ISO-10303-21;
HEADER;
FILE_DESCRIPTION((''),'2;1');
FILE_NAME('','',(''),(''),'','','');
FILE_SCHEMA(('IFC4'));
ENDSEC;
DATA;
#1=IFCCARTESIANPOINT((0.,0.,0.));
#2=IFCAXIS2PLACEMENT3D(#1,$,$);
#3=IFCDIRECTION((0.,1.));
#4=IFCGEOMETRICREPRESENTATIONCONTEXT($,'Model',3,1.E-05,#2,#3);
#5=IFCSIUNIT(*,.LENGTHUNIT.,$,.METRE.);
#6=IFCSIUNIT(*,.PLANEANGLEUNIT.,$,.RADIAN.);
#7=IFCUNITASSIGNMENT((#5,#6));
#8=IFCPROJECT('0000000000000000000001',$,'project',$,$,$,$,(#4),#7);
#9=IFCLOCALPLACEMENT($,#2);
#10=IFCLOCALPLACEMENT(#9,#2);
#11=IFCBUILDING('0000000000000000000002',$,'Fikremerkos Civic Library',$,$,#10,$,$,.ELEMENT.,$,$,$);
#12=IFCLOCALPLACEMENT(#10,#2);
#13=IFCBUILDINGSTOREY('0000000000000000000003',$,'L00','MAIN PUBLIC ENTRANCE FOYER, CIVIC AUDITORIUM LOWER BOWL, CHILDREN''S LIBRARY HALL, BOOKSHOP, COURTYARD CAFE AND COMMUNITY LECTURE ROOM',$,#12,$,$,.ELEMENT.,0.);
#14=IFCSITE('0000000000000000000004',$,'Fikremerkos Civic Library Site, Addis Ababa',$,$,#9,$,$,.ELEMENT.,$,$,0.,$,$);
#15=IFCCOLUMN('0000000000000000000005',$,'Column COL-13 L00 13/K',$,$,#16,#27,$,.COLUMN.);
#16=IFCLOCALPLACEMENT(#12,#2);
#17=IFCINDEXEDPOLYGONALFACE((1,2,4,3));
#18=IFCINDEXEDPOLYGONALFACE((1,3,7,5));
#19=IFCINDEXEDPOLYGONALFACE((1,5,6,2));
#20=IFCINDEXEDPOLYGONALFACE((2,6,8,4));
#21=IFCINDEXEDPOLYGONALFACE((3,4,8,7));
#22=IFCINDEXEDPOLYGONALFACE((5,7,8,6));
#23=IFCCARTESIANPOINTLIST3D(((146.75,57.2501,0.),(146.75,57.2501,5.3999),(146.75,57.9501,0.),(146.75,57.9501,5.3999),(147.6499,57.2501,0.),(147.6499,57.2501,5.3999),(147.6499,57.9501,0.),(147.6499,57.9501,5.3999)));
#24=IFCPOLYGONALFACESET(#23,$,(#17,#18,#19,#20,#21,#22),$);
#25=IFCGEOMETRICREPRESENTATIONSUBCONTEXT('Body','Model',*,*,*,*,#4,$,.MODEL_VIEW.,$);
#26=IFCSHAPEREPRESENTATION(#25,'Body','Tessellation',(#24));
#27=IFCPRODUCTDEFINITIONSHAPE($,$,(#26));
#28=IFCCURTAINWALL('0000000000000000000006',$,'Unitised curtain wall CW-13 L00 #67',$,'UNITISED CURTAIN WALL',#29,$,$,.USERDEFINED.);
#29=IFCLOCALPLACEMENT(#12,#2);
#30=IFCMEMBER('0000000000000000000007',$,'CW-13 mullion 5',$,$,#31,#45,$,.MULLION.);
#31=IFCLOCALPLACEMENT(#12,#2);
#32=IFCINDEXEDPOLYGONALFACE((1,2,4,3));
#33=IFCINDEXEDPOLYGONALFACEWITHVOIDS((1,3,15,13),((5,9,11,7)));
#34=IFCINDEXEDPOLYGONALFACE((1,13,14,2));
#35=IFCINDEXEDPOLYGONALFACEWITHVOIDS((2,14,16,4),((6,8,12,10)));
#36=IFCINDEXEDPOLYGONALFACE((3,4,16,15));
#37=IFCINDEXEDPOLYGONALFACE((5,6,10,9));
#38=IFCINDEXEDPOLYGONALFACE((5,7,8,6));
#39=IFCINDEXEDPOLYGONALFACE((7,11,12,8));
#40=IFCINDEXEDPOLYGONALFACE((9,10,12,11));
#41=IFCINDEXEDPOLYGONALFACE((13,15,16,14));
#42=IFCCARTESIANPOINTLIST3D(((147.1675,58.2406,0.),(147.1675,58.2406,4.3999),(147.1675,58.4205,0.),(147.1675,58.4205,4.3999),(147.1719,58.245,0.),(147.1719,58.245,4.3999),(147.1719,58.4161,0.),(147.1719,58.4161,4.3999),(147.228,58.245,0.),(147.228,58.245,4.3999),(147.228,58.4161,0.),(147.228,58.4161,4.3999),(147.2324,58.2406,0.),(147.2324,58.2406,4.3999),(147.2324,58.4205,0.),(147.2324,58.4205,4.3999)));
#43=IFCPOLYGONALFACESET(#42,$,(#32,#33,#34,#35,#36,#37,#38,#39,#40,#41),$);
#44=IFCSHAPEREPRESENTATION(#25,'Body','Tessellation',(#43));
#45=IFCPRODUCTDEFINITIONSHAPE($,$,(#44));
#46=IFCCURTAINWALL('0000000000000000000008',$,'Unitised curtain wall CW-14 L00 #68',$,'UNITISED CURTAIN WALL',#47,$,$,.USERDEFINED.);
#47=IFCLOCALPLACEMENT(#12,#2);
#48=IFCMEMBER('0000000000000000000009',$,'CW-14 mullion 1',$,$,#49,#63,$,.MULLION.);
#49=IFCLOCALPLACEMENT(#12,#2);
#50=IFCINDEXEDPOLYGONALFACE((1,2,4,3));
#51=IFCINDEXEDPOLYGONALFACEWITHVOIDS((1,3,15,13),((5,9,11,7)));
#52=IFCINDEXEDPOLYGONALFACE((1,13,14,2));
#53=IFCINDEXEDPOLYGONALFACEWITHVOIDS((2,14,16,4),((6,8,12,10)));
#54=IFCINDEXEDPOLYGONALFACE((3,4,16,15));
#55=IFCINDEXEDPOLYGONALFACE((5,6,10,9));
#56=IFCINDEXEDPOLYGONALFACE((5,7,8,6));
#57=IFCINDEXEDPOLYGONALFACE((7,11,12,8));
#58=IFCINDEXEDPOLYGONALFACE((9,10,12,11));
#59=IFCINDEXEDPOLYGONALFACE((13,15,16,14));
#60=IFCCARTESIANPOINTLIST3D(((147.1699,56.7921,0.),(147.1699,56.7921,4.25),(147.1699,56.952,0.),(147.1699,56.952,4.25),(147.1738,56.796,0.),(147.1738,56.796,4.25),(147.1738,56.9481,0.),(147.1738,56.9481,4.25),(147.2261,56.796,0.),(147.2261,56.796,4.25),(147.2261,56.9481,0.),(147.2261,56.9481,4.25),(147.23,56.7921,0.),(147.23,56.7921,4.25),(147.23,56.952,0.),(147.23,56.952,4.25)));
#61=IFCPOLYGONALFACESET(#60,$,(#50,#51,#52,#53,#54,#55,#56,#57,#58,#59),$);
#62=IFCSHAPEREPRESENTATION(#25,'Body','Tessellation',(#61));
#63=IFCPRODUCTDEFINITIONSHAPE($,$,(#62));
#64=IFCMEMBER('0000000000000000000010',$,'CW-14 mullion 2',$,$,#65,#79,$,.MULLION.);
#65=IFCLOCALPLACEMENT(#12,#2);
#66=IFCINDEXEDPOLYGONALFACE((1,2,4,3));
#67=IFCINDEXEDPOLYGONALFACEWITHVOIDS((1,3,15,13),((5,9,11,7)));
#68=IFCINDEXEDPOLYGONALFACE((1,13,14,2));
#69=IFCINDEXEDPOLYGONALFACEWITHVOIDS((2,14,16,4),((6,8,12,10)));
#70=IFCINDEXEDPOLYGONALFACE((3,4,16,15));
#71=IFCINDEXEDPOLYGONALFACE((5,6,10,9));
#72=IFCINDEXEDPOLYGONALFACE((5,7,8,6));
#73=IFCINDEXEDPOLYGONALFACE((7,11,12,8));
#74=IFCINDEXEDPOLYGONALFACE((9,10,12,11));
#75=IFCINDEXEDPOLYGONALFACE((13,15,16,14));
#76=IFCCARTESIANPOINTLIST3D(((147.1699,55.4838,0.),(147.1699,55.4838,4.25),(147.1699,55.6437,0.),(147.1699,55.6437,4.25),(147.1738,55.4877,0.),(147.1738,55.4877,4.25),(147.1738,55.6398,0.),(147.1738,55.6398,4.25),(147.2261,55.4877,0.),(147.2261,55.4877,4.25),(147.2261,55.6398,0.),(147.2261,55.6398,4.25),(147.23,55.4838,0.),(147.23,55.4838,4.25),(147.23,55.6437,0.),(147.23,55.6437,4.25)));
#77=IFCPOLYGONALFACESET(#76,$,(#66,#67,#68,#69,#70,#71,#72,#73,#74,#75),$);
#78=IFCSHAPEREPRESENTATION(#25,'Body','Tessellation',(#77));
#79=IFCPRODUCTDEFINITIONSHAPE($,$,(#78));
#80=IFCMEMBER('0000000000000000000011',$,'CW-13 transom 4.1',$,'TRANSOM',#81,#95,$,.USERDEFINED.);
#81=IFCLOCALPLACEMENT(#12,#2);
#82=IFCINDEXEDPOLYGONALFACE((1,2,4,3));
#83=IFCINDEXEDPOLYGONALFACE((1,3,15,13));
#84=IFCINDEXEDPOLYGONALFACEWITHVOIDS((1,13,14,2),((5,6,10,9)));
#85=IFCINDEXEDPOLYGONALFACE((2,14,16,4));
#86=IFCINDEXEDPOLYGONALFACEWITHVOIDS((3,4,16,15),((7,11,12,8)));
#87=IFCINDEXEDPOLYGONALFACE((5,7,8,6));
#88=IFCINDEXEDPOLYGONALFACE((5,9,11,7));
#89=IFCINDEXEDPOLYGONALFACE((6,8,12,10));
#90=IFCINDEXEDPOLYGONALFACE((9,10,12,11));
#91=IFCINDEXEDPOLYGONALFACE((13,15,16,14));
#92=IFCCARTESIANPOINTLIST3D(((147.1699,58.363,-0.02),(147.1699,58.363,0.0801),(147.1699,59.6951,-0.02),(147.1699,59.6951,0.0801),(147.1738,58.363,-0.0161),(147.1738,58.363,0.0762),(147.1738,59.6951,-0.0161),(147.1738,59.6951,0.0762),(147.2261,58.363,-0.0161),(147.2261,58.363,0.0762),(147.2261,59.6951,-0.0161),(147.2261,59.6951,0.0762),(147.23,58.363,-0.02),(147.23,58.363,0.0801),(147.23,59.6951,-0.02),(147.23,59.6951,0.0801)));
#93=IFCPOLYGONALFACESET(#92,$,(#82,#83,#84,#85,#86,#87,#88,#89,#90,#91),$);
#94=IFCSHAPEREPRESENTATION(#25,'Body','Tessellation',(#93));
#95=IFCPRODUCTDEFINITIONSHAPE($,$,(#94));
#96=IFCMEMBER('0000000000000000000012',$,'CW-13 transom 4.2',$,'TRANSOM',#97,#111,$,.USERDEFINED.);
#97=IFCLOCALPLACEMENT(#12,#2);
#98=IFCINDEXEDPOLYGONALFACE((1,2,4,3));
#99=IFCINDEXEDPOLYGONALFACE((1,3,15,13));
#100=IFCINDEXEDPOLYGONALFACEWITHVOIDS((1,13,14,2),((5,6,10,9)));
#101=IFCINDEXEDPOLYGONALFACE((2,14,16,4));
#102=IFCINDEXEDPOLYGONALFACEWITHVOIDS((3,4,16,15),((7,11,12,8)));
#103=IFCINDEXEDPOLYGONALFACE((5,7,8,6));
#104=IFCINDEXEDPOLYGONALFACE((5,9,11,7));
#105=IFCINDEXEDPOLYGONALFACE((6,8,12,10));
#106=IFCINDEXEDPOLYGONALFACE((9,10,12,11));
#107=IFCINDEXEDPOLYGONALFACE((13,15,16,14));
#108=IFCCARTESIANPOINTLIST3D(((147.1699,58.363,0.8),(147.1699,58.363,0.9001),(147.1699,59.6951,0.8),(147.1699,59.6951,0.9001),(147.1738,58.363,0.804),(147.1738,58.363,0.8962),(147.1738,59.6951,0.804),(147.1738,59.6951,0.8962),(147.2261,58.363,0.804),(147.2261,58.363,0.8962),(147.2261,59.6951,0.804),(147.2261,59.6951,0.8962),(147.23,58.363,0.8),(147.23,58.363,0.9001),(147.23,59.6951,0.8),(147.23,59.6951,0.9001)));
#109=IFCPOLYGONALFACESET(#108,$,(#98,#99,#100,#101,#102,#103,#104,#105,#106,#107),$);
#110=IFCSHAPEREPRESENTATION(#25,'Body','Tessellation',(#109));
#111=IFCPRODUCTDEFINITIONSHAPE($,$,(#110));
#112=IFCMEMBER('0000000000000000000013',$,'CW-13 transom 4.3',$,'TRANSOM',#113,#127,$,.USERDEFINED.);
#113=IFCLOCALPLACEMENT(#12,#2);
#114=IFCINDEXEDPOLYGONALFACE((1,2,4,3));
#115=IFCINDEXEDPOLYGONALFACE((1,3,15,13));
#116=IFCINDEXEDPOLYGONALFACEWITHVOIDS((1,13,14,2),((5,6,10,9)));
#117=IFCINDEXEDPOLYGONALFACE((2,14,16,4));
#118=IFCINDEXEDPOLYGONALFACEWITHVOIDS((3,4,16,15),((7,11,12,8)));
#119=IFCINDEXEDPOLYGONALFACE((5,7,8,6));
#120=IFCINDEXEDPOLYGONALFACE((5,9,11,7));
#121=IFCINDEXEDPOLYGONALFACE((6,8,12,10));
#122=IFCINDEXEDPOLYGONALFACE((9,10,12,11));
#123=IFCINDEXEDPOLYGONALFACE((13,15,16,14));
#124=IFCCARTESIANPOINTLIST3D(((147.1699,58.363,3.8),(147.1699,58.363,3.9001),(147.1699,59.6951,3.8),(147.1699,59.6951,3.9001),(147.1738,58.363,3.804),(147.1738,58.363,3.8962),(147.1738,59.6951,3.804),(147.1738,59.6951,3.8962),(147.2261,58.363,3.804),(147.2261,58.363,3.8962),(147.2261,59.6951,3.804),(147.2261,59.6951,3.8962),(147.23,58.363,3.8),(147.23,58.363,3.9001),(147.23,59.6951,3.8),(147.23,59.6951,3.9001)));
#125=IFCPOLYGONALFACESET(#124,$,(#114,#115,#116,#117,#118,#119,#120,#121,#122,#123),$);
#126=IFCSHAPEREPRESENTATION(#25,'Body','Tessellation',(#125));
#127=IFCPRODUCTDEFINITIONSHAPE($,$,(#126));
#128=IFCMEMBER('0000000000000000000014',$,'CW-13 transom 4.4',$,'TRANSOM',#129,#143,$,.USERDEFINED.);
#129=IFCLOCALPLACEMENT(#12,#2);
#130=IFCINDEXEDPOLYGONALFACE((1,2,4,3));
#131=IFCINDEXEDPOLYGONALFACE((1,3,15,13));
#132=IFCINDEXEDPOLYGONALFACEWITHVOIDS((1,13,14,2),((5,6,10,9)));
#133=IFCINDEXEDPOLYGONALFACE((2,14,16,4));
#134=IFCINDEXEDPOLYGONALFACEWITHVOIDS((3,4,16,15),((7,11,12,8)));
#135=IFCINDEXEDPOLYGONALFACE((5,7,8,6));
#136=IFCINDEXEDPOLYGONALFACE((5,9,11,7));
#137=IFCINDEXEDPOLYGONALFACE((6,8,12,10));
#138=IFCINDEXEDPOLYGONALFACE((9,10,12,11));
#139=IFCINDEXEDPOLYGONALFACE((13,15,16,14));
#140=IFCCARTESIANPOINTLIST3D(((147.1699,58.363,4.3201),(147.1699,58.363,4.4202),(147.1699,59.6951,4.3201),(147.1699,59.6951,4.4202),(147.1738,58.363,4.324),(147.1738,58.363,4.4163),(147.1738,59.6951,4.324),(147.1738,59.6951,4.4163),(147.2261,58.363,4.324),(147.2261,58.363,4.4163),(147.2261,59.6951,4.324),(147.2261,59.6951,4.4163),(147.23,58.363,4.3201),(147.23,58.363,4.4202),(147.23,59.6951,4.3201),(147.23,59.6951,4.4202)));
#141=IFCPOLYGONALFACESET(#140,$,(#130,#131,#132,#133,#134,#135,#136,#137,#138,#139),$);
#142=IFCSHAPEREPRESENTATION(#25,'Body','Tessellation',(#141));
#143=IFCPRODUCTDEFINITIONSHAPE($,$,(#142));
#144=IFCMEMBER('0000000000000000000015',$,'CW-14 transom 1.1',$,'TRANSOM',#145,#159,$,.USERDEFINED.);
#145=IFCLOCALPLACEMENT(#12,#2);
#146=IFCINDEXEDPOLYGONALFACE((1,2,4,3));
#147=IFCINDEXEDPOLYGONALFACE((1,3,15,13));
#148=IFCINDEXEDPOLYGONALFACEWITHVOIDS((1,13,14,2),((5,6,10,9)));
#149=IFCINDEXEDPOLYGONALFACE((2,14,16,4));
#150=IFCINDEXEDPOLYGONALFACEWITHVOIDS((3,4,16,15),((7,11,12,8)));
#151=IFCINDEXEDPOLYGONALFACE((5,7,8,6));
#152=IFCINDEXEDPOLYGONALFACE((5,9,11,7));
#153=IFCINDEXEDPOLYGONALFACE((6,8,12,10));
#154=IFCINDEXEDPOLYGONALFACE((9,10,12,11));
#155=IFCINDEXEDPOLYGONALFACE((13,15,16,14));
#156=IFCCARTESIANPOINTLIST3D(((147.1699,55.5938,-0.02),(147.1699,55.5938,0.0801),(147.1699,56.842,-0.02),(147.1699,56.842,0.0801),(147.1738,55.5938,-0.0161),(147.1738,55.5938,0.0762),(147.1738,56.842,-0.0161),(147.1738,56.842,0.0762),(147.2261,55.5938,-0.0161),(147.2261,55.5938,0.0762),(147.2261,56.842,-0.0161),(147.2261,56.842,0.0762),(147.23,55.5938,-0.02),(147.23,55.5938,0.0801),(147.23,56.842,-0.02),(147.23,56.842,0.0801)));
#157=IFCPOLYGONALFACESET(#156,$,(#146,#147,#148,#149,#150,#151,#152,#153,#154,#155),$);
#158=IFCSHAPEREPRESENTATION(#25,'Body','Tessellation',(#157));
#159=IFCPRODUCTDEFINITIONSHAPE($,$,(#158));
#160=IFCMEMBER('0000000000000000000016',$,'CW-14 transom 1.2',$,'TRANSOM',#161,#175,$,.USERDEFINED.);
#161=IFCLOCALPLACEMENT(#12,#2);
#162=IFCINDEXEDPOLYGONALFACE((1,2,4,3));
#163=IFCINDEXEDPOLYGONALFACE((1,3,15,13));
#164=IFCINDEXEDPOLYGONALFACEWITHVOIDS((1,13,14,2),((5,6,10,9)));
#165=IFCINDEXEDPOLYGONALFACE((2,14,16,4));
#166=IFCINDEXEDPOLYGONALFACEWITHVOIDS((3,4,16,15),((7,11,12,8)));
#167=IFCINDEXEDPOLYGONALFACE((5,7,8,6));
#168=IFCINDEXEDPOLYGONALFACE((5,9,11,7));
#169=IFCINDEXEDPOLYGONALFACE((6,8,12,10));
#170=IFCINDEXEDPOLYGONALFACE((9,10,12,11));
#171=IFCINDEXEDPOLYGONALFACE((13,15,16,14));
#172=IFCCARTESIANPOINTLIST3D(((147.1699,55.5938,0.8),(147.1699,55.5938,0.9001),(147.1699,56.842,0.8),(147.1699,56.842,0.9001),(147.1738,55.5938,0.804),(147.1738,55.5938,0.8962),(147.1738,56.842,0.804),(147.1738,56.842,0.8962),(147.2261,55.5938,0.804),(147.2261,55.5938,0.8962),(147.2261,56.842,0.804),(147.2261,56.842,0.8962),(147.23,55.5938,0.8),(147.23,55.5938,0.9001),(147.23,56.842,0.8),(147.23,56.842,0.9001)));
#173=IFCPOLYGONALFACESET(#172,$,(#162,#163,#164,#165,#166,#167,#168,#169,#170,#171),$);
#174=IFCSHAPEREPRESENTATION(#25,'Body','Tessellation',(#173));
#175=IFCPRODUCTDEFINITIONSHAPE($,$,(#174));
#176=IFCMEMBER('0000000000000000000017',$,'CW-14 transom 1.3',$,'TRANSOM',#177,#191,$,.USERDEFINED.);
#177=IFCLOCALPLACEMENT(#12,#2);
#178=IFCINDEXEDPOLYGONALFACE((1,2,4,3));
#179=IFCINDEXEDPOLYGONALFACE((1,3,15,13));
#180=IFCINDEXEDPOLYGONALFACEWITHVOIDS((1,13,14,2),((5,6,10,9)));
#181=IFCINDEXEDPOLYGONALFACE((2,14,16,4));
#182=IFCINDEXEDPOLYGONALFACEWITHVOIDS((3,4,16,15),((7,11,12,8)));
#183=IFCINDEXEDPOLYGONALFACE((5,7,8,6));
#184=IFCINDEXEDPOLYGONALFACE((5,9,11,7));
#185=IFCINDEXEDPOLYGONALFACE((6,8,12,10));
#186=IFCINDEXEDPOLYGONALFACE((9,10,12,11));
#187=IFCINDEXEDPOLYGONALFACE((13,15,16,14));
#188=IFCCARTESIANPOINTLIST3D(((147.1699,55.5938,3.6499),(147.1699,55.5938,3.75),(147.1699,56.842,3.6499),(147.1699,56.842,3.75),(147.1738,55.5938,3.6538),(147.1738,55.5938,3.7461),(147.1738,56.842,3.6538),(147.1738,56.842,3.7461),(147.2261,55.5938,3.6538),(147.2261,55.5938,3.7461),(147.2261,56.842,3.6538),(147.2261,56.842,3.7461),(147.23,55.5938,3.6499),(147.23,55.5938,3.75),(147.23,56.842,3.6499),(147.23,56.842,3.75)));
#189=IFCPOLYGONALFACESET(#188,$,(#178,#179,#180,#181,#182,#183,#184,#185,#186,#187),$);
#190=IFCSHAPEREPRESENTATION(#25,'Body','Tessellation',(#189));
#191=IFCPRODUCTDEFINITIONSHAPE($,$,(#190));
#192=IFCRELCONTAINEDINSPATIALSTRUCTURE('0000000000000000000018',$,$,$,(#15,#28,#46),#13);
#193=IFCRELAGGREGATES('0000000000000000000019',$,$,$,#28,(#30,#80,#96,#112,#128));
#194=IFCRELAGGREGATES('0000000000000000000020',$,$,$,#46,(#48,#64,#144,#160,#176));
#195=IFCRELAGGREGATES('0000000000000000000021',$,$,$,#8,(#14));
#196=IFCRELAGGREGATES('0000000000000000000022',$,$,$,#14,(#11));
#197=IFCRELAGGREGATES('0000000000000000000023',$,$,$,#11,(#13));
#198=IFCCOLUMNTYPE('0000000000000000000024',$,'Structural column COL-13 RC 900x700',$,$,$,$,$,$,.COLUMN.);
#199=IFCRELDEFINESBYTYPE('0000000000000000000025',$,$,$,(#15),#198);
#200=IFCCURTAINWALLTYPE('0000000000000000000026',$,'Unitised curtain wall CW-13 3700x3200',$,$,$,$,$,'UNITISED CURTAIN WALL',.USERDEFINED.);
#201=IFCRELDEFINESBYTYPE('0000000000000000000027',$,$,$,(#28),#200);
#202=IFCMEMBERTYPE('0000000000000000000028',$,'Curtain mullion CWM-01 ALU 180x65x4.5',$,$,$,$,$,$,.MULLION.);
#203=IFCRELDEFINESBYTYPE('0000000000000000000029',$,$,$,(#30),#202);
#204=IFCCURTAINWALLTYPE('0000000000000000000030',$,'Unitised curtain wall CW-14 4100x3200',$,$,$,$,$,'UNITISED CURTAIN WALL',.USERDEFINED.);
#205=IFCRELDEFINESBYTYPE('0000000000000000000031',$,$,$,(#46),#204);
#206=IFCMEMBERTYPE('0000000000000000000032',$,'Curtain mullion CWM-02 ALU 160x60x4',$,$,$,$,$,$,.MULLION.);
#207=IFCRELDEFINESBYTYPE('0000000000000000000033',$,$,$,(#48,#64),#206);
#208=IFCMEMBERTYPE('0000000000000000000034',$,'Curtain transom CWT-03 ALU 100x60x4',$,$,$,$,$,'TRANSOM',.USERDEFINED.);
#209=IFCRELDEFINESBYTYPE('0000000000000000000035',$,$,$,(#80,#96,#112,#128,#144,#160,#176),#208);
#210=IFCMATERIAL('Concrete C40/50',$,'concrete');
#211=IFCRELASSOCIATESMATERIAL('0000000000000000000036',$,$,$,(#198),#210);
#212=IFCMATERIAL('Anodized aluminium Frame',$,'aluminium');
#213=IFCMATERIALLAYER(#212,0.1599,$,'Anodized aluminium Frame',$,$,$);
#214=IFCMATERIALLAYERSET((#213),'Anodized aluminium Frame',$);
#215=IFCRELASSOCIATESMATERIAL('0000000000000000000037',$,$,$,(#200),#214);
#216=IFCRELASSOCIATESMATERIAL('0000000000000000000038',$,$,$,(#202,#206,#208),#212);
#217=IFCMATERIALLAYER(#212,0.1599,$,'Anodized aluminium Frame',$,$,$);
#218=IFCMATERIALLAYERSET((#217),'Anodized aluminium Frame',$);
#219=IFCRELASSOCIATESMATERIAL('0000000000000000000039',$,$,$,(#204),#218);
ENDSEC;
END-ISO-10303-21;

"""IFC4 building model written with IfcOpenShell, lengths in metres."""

from ifc_helpers import new_model, si_unit, direction, frame, origin, origin_2d, place, context, subcontext, project, spatial, rectangle, hollow_rectangle, extrude, material, layer, layer_set, material_profile, profile_set, type_object, element, aggregate, save


model = new_model("IFC4")

# Units and contexts
model_context = context("Model", 3, precision=1e-05, world=origin(), true_north=direction((0.0, 1.0)))
body_context = subcontext(model_context, "Body", "Model", "MODEL_VIEW")
ifc_project = project(units=[si_unit("LENGTHUNIT", "METRE"), si_unit("PLANEANGLEUNIT", "RADIAN")], contexts=[model_context])

# Site, building, storey
site_placement = place(None, origin())
site = spatial("IfcSite", under=ifc_project, at=site_placement, Name="Fikremerkos Civic Library Site, Addis Ababa", CompositionType="ELEMENT", RefElevation=0.0)
building_placement = place(site_placement, origin())
building = spatial("IfcBuilding", under=site, at=building_placement, Name="Fikremerkos Civic Library", CompositionType="ELEMENT")
storey_placement = place(building_placement, origin())
storey = spatial("IfcBuildingStorey", under=building, at=storey_placement, Name="L00", Description="MAIN PUBLIC ENTRANCE FOYER, CIVIC AUDITORIUM LOWER BOWL, CHILDREN'S LIBRARY HALL, BOOKSHOP, COURTYARD CAFE AND COMMUNITY LECTURE ROOM", CompositionType="ELEMENT", Elevation=0.0)

# Column
ifc_material_1 = material(Name="Concrete C40/50", Category="concrete")
ifc_material_profile_1 = material_profile(ifc_material_1, rectangle(XDim=0.8999, YDim=0.7, at=origin_2d()), Name="RC 900x700")
ifc_profile_set_1 = profile_set([ifc_material_profile_1], Name="Concrete C40/50")
column_type = type_object("IfcColumnType", Name="Structural column COL-13 RC 900x700", PredefinedType="COLUMN", material=ifc_profile_set_1)
column_placement = place(storey_placement, frame((147.2, 57.6001, 0.0), z_axis=(0.0, 0.0, 1.0), x_axis=(1.0, 0.0, 0.0)))
element("IfcColumn", 1, at=column_placement, inside=storey, type_object=column_type, Name="Column COL-13 L00 13/K", PredefinedType="COLUMN", context=body_context, shape_type="SweptSolid", body=[
    extrude(rectangle(XDim=0.8999, YDim=0.7, at=origin_2d()), origin(), (0.0, 0.0, 1.0), 5.3999),
])

# Curtain wall, member
ifc_material_2 = material(Name="Anodized aluminium Frame", Category="aluminium")
ifc_layer_1 = layer(ifc_material_2, 0.1599, Name="Anodized aluminium Frame")
ifc_layer_set_1 = layer_set([ifc_layer_1], Name="Anodized aluminium Frame")
curtain_wall_type_1 = type_object("IfcCurtainWallType", Name="Unitised curtain wall CW-13 3700x3200", ElementType="UNITISED CURTAIN WALL", PredefinedType="USERDEFINED", material=ifc_layer_set_1)
curtain_wall_1_placement = place(storey_placement, origin())
curtain_wall_1 = element("IfcCurtainWall", 2, at=curtain_wall_1_placement, inside=storey, type_object=curtain_wall_type_1, Name="Unitised curtain wall CW-13 L00 #67", ObjectType="UNITISED CURTAIN WALL", PredefinedType="USERDEFINED")
ifc_material_profile_2 = material_profile(ifc_material_2, hollow_rectangle(XDim=0.0649, YDim=0.1799, WallThickness=0.0044, at=origin_2d()), Name="ALU 180x65x4.5")
ifc_profile_set_2 = profile_set([ifc_material_profile_2], Name="Anodized aluminium Frame")
member_type_1 = type_object("IfcMemberType", Name="Curtain mullion CWM-01 ALU 180x65x4.5", PredefinedType="MULLION", material=ifc_profile_set_2)
member_1_placement = place(storey_placement, frame((147.2, 58.3306, 0.0), z_axis=(0.0, 0.0, 1.0), x_axis=(1.0, 0.0, 0.0)))
member_1 = element("IfcMember", 3, at=member_1_placement, type_object=member_type_1, Name="CW-13 mullion 5", PredefinedType="MULLION", context=body_context, shape_type="SweptSolid", body=[
    extrude(hollow_rectangle(XDim=0.0649, YDim=0.1799, WallThickness=0.0044, at=origin_2d()), origin(), (0.0, 0.0, 1.0), 4.3999),
])

# Curtain wall, members
ifc_layer_2 = layer(ifc_material_2, 0.1599, Name="Anodized aluminium Frame")
ifc_layer_set_2 = layer_set([ifc_layer_2], Name="Anodized aluminium Frame")
curtain_wall_type_2 = type_object("IfcCurtainWallType", Name="Unitised curtain wall CW-14 4100x3200", ElementType="UNITISED CURTAIN WALL", PredefinedType="USERDEFINED", material=ifc_layer_set_2)
curtain_wall_2_placement = place(storey_placement, origin())
curtain_wall_2 = element("IfcCurtainWall", 4, at=curtain_wall_2_placement, inside=storey, type_object=curtain_wall_type_2, Name="Unitised curtain wall CW-14 L00 #68", ObjectType="UNITISED CURTAIN WALL", PredefinedType="USERDEFINED")
ifc_material_profile_3 = material_profile(ifc_material_2, hollow_rectangle(XDim=0.0601, YDim=0.1599, WallThickness=0.0039, at=origin_2d()), Name="ALU 160x60x4")
ifc_profile_set_3 = profile_set([ifc_material_profile_3], Name="Anodized aluminium Frame")
member_type_2 = type_object("IfcMemberType", Name="Curtain mullion CWM-02 ALU 160x60x4", PredefinedType="MULLION", material=ifc_profile_set_3)
member_2_placement = place(storey_placement, frame((147.2, 56.8721, 0.0), z_axis=(0.0, 0.0, 1.0), x_axis=(1.0, 0.0, 0.0)))
member_2 = element("IfcMember", 5, at=member_2_placement, type_object=member_type_2, Name="CW-14 mullion 1", PredefinedType="MULLION", context=body_context, shape_type="SweptSolid", body=[
    extrude(hollow_rectangle(XDim=0.0601, YDim=0.1599, WallThickness=0.0039, at=origin_2d()), origin(), (0.0, 0.0, 1.0), 4.25),
])
member_3_placement = place(storey_placement, frame((147.2, 55.5637, 0.0), z_axis=(0.0, 0.0, 1.0), x_axis=(1.0, 0.0, 0.0)))
member_3 = element("IfcMember", 6, at=member_3_placement, type_object=member_type_2, Name="CW-14 mullion 2", PredefinedType="MULLION", context=body_context, shape_type="SweptSolid", body=[
    extrude(hollow_rectangle(XDim=0.0601, YDim=0.1599, WallThickness=0.0039, at=origin_2d()), origin(), (0.0, 0.0, 1.0), 4.25),
])

# Members
ifc_material_profile_4 = material_profile(ifc_material_2, hollow_rectangle(XDim=0.0601, YDim=0.1001, WallThickness=0.0039, at=origin_2d()), Name="ALU 100x60x4")
ifc_profile_set_4 = profile_set([ifc_material_profile_4], Name="Anodized aluminium Frame")
member_type_3 = type_object("IfcMemberType", Name="Curtain transom CWT-03 ALU 100x60x4", ElementType="TRANSOM", PredefinedType="USERDEFINED", material=ifc_profile_set_4)
member_4_placement = place(storey_placement, frame((147.2, 59.6951, 0.03), z_axis=(0.0, -1.0, 0.0), x_axis=(1.0, 0.0, 0.0)))
member_4 = element("IfcMember", 7, at=member_4_placement, type_object=member_type_3, Name="CW-13 transom 4.1", ObjectType="TRANSOM", PredefinedType="USERDEFINED", context=body_context, shape_type="SweptSolid", body=[
    extrude(hollow_rectangle(XDim=0.0601, YDim=0.1001, WallThickness=0.0039, at=origin_2d()), origin(), (0.0, 0.0, 1.0), 1.332),
])
member_5_placement = place(storey_placement, frame((147.2, 59.6951, 0.8501), z_axis=(0.0, -1.0, 0.0), x_axis=(1.0, 0.0, 0.0)))
member_5 = element("IfcMember", 8, at=member_5_placement, type_object=member_type_3, Name="CW-13 transom 4.2", ObjectType="TRANSOM", PredefinedType="USERDEFINED", context=body_context, shape_type="SweptSolid", body=[
    extrude(hollow_rectangle(XDim=0.0601, YDim=0.1001, WallThickness=0.0039, at=origin_2d()), origin(), (0.0, 0.0, 1.0), 1.332),
])
member_6_placement = place(storey_placement, frame((147.2, 59.6951, 3.8501), z_axis=(0.0, -1.0, 0.0), x_axis=(1.0, 0.0, 0.0)))
member_6 = element("IfcMember", 9, at=member_6_placement, type_object=member_type_3, Name="CW-13 transom 4.3", ObjectType="TRANSOM", PredefinedType="USERDEFINED", context=body_context, shape_type="SweptSolid", body=[
    extrude(hollow_rectangle(XDim=0.0601, YDim=0.1001, WallThickness=0.0039, at=origin_2d()), origin(), (0.0, 0.0, 1.0), 1.332),
])
member_7_placement = place(storey_placement, frame((147.2, 59.6951, 4.3701), z_axis=(0.0, -1.0, 0.0), x_axis=(1.0, 0.0, 0.0)))
member_7 = element("IfcMember", 10, at=member_7_placement, type_object=member_type_3, Name="CW-13 transom 4.4", ObjectType="TRANSOM", PredefinedType="USERDEFINED", context=body_context, shape_type="SweptSolid", body=[
    extrude(hollow_rectangle(XDim=0.0601, YDim=0.1001, WallThickness=0.0039, at=origin_2d()), origin(), (0.0, 0.0, 1.0), 1.332),
])
member_8_placement = place(storey_placement, frame((147.2, 56.842, 0.03), z_axis=(0.0, -1.0, 0.0), x_axis=(1.0, 0.0, 0.0)))
member_8 = element("IfcMember", 11, at=member_8_placement, type_object=member_type_3, Name="CW-14 transom 1.1", ObjectType="TRANSOM", PredefinedType="USERDEFINED", context=body_context, shape_type="SweptSolid", body=[
    extrude(hollow_rectangle(XDim=0.0601, YDim=0.1001, WallThickness=0.0039, at=origin_2d()), origin(), (0.0, 0.0, 1.0), 1.2483),
])
member_9_placement = place(storey_placement, frame((147.2, 56.842, 0.8501), z_axis=(0.0, -1.0, 0.0), x_axis=(1.0, 0.0, 0.0)))
member_9 = element("IfcMember", 12, at=member_9_placement, type_object=member_type_3, Name="CW-14 transom 1.2", ObjectType="TRANSOM", PredefinedType="USERDEFINED", context=body_context, shape_type="SweptSolid", body=[
    extrude(hollow_rectangle(XDim=0.0601, YDim=0.1001, WallThickness=0.0039, at=origin_2d()), origin(), (0.0, 0.0, 1.0), 1.2483),
])
member_10_placement = place(storey_placement, frame((147.2, 56.842, 3.7), z_axis=(0.0, -1.0, 0.0), x_axis=(1.0, 0.0, 0.0)))
member_10 = element("IfcMember", 13, at=member_10_placement, type_object=member_type_3, Name="CW-14 transom 1.3", ObjectType="TRANSOM", PredefinedType="USERDEFINED", context=body_context, shape_type="SweptSolid", body=[
    extrude(hollow_rectangle(XDim=0.0601, YDim=0.1001, WallThickness=0.0039, at=origin_2d()), origin(), (0.0, 0.0, 1.0), 1.2483),
])

aggregate(curtain_wall_1, [member_1, member_4, member_5, member_6, member_7])
aggregate(curtain_wall_2, [member_2, member_3, member_8, member_9, member_10])

save(model, "model.ifc")
